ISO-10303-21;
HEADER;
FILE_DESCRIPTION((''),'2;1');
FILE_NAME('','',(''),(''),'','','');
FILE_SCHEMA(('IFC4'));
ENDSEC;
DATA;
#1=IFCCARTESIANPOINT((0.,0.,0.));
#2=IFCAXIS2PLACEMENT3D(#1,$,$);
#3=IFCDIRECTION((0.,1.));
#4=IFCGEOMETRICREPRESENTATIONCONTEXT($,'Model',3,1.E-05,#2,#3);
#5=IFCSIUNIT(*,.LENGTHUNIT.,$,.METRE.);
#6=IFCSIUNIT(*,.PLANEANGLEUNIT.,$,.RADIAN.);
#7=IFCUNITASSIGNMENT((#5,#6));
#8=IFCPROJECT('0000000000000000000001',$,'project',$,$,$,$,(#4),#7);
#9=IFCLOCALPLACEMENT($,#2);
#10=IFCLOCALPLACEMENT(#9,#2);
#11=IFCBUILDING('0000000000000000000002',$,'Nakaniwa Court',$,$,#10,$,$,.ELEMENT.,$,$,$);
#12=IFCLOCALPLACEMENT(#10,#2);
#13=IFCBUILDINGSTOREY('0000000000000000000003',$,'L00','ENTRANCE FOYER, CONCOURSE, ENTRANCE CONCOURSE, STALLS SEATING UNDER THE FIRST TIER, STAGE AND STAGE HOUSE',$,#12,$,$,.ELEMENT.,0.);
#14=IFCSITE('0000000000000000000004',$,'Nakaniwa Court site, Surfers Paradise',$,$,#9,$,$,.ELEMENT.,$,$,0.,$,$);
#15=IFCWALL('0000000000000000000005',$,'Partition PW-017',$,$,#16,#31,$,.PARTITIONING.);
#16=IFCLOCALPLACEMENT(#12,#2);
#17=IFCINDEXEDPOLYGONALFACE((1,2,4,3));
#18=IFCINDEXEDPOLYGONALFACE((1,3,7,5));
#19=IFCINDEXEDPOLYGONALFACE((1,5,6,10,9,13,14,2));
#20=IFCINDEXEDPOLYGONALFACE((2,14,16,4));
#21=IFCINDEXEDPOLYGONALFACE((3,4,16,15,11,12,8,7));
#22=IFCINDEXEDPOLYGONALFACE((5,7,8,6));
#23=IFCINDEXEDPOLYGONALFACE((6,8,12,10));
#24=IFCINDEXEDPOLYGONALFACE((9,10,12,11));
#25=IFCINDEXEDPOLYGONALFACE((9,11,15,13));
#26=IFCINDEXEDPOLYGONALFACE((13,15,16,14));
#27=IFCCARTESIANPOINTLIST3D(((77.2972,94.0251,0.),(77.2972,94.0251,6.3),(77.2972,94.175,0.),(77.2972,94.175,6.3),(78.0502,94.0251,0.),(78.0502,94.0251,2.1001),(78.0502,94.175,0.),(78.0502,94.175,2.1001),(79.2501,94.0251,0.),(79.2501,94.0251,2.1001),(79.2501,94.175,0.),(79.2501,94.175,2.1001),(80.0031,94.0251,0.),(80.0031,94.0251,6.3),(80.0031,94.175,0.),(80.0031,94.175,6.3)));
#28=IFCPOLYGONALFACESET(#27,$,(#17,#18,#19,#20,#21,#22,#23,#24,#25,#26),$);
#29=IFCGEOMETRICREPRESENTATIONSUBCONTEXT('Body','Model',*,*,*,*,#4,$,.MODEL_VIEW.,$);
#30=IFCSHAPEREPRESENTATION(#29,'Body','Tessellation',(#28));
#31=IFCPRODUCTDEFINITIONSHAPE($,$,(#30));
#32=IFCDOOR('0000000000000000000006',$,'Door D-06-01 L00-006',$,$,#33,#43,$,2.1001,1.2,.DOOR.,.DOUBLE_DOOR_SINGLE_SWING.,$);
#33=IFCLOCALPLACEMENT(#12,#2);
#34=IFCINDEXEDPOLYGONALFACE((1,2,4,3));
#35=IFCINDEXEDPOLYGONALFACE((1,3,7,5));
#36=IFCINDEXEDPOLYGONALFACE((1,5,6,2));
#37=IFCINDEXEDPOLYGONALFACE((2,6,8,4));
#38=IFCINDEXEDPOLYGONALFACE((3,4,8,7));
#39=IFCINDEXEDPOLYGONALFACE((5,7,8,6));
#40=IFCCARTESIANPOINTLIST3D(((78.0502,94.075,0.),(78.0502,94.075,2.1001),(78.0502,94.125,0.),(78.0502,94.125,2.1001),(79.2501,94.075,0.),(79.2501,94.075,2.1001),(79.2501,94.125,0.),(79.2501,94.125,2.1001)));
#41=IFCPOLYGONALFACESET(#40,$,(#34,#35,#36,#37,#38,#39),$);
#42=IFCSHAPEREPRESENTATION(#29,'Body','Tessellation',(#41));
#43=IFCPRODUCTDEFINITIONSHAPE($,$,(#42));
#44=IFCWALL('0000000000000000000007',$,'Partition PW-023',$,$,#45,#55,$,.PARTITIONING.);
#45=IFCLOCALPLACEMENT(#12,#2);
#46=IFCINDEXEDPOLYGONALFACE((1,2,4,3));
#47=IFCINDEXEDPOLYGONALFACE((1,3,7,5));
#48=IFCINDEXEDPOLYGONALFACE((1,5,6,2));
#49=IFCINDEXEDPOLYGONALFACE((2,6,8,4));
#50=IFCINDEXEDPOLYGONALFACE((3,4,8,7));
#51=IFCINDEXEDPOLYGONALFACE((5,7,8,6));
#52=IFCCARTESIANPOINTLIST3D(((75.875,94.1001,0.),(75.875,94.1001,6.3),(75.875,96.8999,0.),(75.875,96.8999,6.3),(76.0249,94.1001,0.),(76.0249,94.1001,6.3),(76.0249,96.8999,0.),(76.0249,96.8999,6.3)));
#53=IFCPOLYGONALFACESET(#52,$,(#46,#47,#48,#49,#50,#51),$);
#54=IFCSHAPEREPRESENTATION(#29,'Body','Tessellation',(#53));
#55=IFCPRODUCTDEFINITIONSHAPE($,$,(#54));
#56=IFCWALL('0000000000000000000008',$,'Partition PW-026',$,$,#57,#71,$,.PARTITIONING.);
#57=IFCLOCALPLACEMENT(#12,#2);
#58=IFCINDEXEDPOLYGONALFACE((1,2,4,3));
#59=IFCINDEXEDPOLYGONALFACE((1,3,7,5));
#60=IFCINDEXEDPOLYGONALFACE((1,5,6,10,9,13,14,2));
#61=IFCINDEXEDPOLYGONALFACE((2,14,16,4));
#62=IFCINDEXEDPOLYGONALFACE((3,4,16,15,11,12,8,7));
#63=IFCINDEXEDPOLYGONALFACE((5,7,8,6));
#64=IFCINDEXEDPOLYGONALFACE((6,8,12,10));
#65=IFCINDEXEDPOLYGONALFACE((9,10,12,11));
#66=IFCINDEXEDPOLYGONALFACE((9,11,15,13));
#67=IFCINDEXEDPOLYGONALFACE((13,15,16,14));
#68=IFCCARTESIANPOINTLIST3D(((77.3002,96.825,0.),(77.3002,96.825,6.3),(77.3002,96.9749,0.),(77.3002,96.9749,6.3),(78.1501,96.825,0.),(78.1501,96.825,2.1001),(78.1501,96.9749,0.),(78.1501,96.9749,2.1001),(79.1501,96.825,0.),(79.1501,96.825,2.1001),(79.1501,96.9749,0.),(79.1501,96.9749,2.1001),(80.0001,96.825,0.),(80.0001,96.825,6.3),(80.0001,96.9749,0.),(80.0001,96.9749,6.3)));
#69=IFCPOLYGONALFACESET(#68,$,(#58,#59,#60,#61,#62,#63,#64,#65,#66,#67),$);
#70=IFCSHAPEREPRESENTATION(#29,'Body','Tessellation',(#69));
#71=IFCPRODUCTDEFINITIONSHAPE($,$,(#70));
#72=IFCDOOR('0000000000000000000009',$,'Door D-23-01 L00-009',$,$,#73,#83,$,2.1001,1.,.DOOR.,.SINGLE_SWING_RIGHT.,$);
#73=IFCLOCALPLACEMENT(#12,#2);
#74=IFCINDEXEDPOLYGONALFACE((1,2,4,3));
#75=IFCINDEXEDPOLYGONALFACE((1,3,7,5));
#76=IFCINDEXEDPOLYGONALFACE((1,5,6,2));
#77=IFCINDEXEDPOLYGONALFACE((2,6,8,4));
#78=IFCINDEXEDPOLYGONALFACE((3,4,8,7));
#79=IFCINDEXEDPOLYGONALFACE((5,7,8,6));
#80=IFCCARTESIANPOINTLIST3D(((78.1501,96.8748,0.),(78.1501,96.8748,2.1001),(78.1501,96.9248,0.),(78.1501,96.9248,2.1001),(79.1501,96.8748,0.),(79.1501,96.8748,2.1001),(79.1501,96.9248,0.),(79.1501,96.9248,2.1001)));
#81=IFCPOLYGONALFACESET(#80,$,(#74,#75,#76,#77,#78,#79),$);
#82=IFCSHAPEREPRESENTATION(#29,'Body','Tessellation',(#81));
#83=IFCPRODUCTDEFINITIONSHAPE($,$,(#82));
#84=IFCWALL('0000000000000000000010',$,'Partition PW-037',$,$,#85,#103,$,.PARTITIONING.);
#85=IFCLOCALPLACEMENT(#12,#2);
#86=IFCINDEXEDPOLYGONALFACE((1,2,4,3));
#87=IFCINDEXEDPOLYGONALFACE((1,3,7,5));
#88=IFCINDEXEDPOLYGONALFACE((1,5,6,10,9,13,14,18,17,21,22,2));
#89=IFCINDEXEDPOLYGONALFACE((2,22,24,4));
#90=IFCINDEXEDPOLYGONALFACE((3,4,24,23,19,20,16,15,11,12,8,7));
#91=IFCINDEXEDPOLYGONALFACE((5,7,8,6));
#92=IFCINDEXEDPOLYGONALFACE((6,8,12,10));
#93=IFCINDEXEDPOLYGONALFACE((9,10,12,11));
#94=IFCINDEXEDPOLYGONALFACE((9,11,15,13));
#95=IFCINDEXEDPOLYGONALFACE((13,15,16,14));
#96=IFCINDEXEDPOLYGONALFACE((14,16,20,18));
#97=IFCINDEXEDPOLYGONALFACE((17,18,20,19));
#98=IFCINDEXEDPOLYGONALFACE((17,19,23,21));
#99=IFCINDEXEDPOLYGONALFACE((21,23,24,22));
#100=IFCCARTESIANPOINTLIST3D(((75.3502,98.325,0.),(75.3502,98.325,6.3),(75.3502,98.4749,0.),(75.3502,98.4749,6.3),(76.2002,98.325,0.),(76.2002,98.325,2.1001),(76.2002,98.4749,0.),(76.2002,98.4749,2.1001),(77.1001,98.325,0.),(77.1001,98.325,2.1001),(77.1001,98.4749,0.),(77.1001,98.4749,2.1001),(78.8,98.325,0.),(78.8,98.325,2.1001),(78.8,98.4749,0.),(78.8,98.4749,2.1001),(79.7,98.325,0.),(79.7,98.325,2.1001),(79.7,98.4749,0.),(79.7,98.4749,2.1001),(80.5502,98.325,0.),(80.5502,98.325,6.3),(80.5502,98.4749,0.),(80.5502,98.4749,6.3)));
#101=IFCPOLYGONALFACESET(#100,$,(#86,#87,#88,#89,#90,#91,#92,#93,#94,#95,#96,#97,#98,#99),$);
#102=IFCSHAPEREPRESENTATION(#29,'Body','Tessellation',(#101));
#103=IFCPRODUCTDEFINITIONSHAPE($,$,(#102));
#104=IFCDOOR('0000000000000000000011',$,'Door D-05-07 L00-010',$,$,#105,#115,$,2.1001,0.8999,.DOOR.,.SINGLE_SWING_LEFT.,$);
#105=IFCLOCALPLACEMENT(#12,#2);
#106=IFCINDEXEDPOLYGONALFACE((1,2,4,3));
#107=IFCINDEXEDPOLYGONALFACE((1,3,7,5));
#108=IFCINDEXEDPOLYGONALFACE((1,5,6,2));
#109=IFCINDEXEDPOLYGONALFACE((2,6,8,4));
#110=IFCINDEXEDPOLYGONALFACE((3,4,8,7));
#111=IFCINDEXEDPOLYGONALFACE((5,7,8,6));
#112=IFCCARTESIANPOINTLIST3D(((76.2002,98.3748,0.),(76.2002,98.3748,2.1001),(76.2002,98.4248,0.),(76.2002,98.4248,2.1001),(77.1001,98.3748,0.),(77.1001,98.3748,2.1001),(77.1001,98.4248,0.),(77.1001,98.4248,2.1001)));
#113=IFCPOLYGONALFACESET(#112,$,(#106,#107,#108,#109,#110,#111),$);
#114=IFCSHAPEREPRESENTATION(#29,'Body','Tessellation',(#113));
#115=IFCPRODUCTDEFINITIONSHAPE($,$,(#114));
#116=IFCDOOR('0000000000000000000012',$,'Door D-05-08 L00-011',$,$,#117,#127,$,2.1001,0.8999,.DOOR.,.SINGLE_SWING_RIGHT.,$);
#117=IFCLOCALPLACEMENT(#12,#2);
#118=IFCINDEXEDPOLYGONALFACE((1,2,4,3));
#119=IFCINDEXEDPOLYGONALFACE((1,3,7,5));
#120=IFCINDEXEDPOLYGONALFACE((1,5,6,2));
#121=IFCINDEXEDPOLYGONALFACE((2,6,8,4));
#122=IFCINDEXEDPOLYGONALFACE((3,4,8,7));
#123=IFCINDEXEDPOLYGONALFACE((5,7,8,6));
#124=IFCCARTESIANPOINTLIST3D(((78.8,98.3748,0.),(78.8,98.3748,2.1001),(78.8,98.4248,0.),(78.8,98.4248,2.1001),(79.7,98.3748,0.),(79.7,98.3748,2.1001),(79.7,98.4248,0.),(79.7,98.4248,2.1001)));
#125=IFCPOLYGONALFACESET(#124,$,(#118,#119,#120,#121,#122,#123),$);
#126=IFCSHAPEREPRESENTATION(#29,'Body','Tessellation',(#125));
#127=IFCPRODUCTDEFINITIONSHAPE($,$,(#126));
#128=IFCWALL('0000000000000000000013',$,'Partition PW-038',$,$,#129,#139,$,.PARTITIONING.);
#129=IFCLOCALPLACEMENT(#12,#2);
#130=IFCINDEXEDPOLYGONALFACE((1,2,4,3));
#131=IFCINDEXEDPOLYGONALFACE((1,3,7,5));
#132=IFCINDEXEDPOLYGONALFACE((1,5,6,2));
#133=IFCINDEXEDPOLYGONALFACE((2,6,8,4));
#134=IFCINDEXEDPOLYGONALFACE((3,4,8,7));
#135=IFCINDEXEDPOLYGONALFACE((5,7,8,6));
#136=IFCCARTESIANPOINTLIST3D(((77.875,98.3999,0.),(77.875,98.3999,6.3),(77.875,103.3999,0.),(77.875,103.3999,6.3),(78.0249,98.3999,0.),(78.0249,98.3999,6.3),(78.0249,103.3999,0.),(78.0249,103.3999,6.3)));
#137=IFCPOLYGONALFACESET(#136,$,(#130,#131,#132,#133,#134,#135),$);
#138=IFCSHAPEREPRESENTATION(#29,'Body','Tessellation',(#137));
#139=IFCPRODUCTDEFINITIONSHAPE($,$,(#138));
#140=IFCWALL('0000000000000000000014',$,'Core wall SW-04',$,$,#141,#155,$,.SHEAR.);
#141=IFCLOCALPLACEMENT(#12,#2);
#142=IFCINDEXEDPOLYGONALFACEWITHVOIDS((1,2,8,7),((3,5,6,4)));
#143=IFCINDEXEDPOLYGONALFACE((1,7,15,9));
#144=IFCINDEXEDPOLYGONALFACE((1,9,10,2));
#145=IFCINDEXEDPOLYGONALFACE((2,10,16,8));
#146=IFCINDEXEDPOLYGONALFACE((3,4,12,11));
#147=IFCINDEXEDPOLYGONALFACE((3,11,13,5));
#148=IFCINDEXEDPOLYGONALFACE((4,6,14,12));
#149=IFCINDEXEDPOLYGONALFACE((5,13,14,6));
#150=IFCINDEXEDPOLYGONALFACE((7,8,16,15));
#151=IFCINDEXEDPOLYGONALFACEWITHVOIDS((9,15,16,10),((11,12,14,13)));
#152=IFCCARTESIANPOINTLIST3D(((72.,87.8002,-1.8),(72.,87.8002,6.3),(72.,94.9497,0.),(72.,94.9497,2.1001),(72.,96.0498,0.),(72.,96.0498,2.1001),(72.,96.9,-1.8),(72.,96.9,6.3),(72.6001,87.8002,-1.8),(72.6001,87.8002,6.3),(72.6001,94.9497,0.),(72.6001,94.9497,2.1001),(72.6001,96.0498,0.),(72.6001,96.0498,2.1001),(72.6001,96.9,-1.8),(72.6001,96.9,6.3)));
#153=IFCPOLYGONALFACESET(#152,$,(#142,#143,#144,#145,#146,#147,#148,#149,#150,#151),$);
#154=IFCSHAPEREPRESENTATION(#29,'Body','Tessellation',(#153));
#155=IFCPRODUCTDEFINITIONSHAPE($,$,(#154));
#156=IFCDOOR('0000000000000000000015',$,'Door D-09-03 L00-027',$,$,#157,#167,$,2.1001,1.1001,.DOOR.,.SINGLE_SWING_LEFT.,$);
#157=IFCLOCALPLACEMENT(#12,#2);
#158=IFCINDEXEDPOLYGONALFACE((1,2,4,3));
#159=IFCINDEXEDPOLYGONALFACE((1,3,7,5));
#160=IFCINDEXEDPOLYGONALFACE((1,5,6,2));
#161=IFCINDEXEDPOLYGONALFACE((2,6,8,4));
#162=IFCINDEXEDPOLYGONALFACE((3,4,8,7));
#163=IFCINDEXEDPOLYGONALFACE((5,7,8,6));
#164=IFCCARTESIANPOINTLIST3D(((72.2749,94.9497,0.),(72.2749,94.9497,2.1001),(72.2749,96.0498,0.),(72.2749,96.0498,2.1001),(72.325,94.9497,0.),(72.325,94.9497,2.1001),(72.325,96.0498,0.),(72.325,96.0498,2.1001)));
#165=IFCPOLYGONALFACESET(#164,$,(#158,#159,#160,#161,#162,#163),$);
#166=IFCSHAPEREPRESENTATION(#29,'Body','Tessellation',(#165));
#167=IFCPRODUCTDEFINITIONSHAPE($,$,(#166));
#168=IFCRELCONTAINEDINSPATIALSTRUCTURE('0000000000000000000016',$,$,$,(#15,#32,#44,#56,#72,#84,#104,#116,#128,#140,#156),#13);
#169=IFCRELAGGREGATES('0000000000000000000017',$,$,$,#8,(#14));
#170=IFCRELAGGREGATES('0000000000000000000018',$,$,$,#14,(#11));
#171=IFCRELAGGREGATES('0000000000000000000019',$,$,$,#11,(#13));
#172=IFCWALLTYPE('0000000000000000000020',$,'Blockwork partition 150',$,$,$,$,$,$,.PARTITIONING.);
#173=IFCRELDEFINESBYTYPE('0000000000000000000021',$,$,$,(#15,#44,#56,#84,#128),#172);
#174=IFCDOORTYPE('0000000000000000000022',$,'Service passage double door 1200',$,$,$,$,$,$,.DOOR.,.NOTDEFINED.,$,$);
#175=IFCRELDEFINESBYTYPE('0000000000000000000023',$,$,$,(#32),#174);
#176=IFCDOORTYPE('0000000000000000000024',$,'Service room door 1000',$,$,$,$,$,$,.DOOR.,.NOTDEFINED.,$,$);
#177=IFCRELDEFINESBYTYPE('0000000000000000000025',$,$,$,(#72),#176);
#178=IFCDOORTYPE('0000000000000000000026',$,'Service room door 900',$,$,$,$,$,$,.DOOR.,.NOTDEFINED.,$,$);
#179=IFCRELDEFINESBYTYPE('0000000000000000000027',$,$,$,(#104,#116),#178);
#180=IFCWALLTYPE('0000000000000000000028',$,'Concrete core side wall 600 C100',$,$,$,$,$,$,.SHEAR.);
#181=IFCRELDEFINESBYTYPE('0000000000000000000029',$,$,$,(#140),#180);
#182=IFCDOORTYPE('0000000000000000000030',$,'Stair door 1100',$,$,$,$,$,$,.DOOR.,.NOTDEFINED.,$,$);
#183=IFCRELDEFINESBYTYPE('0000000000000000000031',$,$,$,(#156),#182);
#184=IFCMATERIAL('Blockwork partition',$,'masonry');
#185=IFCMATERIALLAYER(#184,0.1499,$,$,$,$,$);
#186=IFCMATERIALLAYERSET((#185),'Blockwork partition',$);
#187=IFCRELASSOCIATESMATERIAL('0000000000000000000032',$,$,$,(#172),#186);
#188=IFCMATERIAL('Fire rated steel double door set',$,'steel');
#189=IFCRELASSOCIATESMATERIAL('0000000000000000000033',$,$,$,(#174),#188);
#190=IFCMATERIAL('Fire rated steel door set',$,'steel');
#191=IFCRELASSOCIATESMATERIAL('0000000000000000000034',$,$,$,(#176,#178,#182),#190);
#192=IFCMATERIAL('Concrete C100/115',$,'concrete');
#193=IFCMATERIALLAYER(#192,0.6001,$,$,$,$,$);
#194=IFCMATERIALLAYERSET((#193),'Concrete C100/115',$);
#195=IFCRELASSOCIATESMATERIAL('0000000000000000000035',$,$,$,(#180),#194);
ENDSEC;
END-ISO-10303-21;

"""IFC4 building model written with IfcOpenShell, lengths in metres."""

from ifc_helpers import new_model, si_unit, direction, frame, frame_2d, origin, place, context, subcontext, project, spatial, rectangle, extrude, material, layer, layer_set, type_object, element, fill, save


model = new_model("IFC4")

# Units and contexts
model_context = context("Model", 3, precision=1e-05, world=origin(), true_north=direction((0.0, 1.0)))
body_context = subcontext(model_context, "Body", "Model", "MODEL_VIEW")
ifc_project = project(units=[si_unit("LENGTHUNIT", "METRE"), si_unit("PLANEANGLEUNIT", "RADIAN")], contexts=[model_context])

# Site, building, storey
site_placement = place(None, origin())
site = spatial("IfcSite", under=ifc_project, at=site_placement, Name="Nakaniwa Court site, Surfers Paradise", CompositionType="ELEMENT", RefElevation=0.0)
building_placement = place(site_placement, origin())
building = spatial("IfcBuilding", under=site, at=building_placement, Name="Nakaniwa Court", CompositionType="ELEMENT")
storey_placement = place(building_placement, origin())
storey = spatial("IfcBuildingStorey", under=building, at=storey_placement, Name="L00", Description="ENTRANCE FOYER, CONCOURSE, ENTRANCE CONCOURSE, STALLS SEATING UNDER THE FIRST TIER, STAGE AND STAGE HOUSE", CompositionType="ELEMENT", Elevation=0.0)

# Wall, opening, door
ifc_material_1 = material(Name="Blockwork partition", Category="masonry")
ifc_layer_1 = layer(ifc_material_1, 0.1499)
ifc_layer_set_1 = layer_set([ifc_layer_1], Name="Blockwork partition")
wall_type_1 = type_object("IfcWallType", Name="Blockwork partition 150", PredefinedType="PARTITIONING", material=ifc_layer_set_1)
wall_1_placement = place(storey_placement, frame((77.2971, 94.1001, 0.0), z_axis=(0.0, 0.0, 1.0), x_axis=(1.0, 0.0, 0.0)))
wall_1 = element("IfcWall", 1, at=wall_1_placement, inside=storey, type_object=wall_type_1, Name="Partition PW-017", PredefinedType="PARTITIONING", context=body_context, shape_type="SweptSolid", body=[
    extrude(rectangle(XDim=2.7058, YDim=0.1499, at=frame_2d((1.353, 0.0))), origin(), (0.0, 0.0, 1.0), 6.3),
])
opening_1_placement = place(wall_1_placement, frame((0.7529, 0.0, 0.0)))
opening_1 = element("IfcOpeningElement", 2, at=opening_1_placement, cuts=wall_1, PredefinedType="OPENING", context=body_context, shape_type="SweptSolid", body=[
    extrude(rectangle(XDim=1.2, YDim=2.1001, at=frame_2d((0.6001, 1.05))), frame((0.0, 0.085, 0.0), z_axis=(0.0, -1.0, 0.0), x_axis=(1.0, 0.0, 0.0)), (0.0, 0.0, 1.0), 0.1699),
])
ifc_material_2 = material(Name="Fire rated steel double door set", Category="steel")
door_type_1 = type_object("IfcDoorType", Name="Service passage double door 1200", OperationType="NOTDEFINED", PredefinedType="DOOR", material=ifc_material_2)
door_1_placement = place(opening_1_placement, origin())
door_1 = element("IfcDoor", 3, at=door_1_placement, inside=storey, type_object=door_type_1, Name="Door D-06-01 L00-006", OperationType="DOUBLE_DOOR_SINGLE_SWING", OverallHeight=2.1001, OverallWidth=1.2, PredefinedType="DOOR", context=body_context, shape_type="SweptSolid", body=[
    extrude(rectangle(XDim=1.2, YDim=2.1001, at=frame_2d((0.6001, 1.05))), frame((0.0, 0.0249, 0.0), z_axis=(0.0, -1.0, 0.0), x_axis=(1.0, 0.0, 0.0)), (0.0, 0.0, 1.0), 0.05),
])
fill(opening_1, door_1)

# Wall
wall_2_placement = place(storey_placement, frame((75.95, 94.1001, 0.0), z_axis=(0.0, 0.0, 1.0), x_axis=(0.0, 1.0, 0.0)))
element("IfcWall", 4, at=wall_2_placement, inside=storey, type_object=wall_type_1, Name="Partition PW-023", PredefinedType="PARTITIONING", context=body_context, shape_type="SweptSolid", body=[
    extrude(rectangle(XDim=2.7998, YDim=0.1499, at=frame_2d((1.3999, 0.0))), origin(), (0.0, 0.0, 1.0), 6.3),
])

# Wall, opening, door
wall_3_placement = place(storey_placement, frame((77.3, 96.8999, 0.0), z_axis=(0.0, 0.0, 1.0), x_axis=(1.0, 0.0, 0.0)))
wall_3 = element("IfcWall", 5, at=wall_3_placement, inside=storey, type_object=wall_type_1, Name="Partition PW-026", PredefinedType="PARTITIONING", context=body_context, shape_type="SweptSolid", body=[
    extrude(rectangle(XDim=2.7, YDim=0.1499, at=frame_2d((1.3501, 0.0))), origin(), (0.0, 0.0, 1.0), 6.3),
])
opening_2_placement = place(wall_3_placement, frame((0.8501, 0.0, 0.0)))
opening_2 = element("IfcOpeningElement", 6, at=opening_2_placement, cuts=wall_3, PredefinedType="OPENING", context=body_context, shape_type="SweptSolid", body=[
    extrude(rectangle(XDim=1.0, YDim=2.1001, at=frame_2d((0.5, 1.05))), frame((0.0, 0.085, 0.0), z_axis=(0.0, -1.0, 0.0), x_axis=(1.0, 0.0, 0.0)), (0.0, 0.0, 1.0), 0.1699),
])
ifc_material_3 = material(Name="Fire rated steel door set", Category="steel")
door_type_2 = type_object("IfcDoorType", Name="Service room door 1000", OperationType="NOTDEFINED", PredefinedType="DOOR", material=ifc_material_3)
door_2_placement = place(opening_2_placement, origin())
door_2 = element("IfcDoor", 7, at=door_2_placement, inside=storey, type_object=door_type_2, Name="Door D-23-01 L00-009", OperationType="SINGLE_SWING_RIGHT", OverallHeight=2.1001, OverallWidth=1.0, PredefinedType="DOOR", context=body_context, shape_type="SweptSolid", body=[
    extrude(rectangle(XDim=1.0, YDim=2.1001, at=frame_2d((0.5, 1.05))), frame((0.0, 0.0249, 0.0), z_axis=(0.0, -1.0, 0.0), x_axis=(1.0, 0.0, 0.0)), (0.0, 0.0, 1.0), 0.05),
])
fill(opening_2, door_2)

# Wall, openings, doors
wall_4_placement = place(storey_placement, frame((75.3501, 98.3999, 0.0), z_axis=(0.0, 0.0, 1.0), x_axis=(1.0, 0.0, 0.0)))
wall_4 = element("IfcWall", 8, at=wall_4_placement, inside=storey, type_object=wall_type_1, Name="Partition PW-037", PredefinedType="PARTITIONING", context=body_context, shape_type="SweptSolid", body=[
    extrude(rectangle(XDim=5.2, YDim=0.1499, at=frame_2d((2.6001, 0.0))), origin(), (0.0, 0.0, 1.0), 6.3),
])
opening_3_placement = place(wall_4_placement, frame((0.8501, 0.0, 0.0)))
opening_3 = element("IfcOpeningElement", 9, at=opening_3_placement, cuts=wall_4, PredefinedType="OPENING", context=body_context, shape_type="SweptSolid", body=[
    extrude(rectangle(XDim=0.8999, YDim=2.1001, at=frame_2d((0.45, 1.05))), frame((0.0, 0.085, 0.0), z_axis=(0.0, -1.0, 0.0), x_axis=(1.0, 0.0, 0.0)), (0.0, 0.0, 1.0), 0.1699),
])
opening_4_placement = place(wall_4_placement, frame((3.45, 0.0, 0.0)))
opening_4 = element("IfcOpeningElement", 10, at=opening_4_placement, cuts=wall_4, PredefinedType="OPENING", context=body_context, shape_type="SweptSolid", body=[
    extrude(rectangle(XDim=0.8999, YDim=2.1001, at=frame_2d((0.45, 1.05))), frame((0.0, 0.085, 0.0), z_axis=(0.0, -1.0, 0.0), x_axis=(1.0, 0.0, 0.0)), (0.0, 0.0, 1.0), 0.1699),
])
door_type_3 = type_object("IfcDoorType", Name="Service room door 900", OperationType="NOTDEFINED", PredefinedType="DOOR", material=ifc_material_3)
door_3_placement = place(opening_3_placement, origin())
door_3 = element("IfcDoor", 11, at=door_3_placement, inside=storey, type_object=door_type_3, Name="Door D-05-07 L00-010", OperationType="SINGLE_SWING_LEFT", OverallHeight=2.1001, OverallWidth=0.8999, PredefinedType="DOOR", context=body_context, shape_type="SweptSolid", body=[
    extrude(rectangle(XDim=0.8999, YDim=2.1001, at=frame_2d((0.45, 1.05))), frame((0.0, 0.0249, 0.0), z_axis=(0.0, -1.0, 0.0), x_axis=(1.0, 0.0, 0.0)), (0.0, 0.0, 1.0), 0.05),
])
fill(opening_3, door_3)
door_4_placement = place(opening_4_placement, origin())
door_4 = element("IfcDoor", 12, at=door_4_placement, inside=storey, type_object=door_type_3, Name="Door D-05-08 L00-011", OperationType="SINGLE_SWING_RIGHT", OverallHeight=2.1001, OverallWidth=0.8999, PredefinedType="DOOR", context=body_context, shape_type="SweptSolid", body=[
    extrude(rectangle(XDim=0.8999, YDim=2.1001, at=frame_2d((0.45, 1.05))), frame((0.0, 0.0249, 0.0), z_axis=(0.0, -1.0, 0.0), x_axis=(1.0, 0.0, 0.0)), (0.0, 0.0, 1.0), 0.05),
])
fill(opening_4, door_4)

# Wall
wall_5_placement = place(storey_placement, frame((77.95, 98.3999, 0.0), z_axis=(0.0, 0.0, 1.0), x_axis=(0.0, 1.0, 0.0)))
element("IfcWall", 13, at=wall_5_placement, inside=storey, type_object=wall_type_1, Name="Partition PW-038", PredefinedType="PARTITIONING", context=body_context, shape_type="SweptSolid", body=[
    extrude(rectangle(XDim=5.0, YDim=0.1499, at=frame_2d((2.5, 0.0))), origin(), (0.0, 0.0, 1.0), 6.3),
])

# Wall, opening, door
ifc_material_4 = material(Name="Concrete C100/115", Category="concrete")
ifc_layer_2 = layer(ifc_material_4, 0.6001)
ifc_layer_set_2 = layer_set([ifc_layer_2], Name="Concrete C100/115")
wall_type_2 = type_object("IfcWallType", Name="Concrete core side wall 600 C100", PredefinedType="SHEAR", material=ifc_layer_set_2)
wall_6_placement = place(storey_placement, frame((72.3, 96.8999, -1.8), z_axis=(0.0, 0.0, 1.0), x_axis=(0.0, -1.0, 0.0)))
wall_6 = element("IfcWall", 14, at=wall_6_placement, inside=storey, type_object=wall_type_2, Name="Core wall SW-04", PredefinedType="SHEAR", context=body_context, shape_type="SweptSolid", body=[
    extrude(rectangle(XDim=9.0999, YDim=0.6001, at=frame_2d((4.5498, 0.0))), origin(), (0.0, 0.0, 1.0), 8.1001),
])
opening_5_placement = place(wall_6_placement, frame((0.8501, 0.0, 1.8)))
opening_5 = element("IfcOpeningElement", 15, at=opening_5_placement, cuts=wall_6, PredefinedType="OPENING", context=body_context, shape_type="SweptSolid", body=[
    extrude(rectangle(XDim=1.1001, YDim=2.1001, at=frame_2d((0.55, 1.05))), frame((0.0, 0.3101, 0.0), z_axis=(0.0, -1.0, 0.0), x_axis=(1.0, 0.0, 0.0)), (0.0, 0.0, 1.0), 0.6201),
])
door_type_4 = type_object("IfcDoorType", Name="Stair door 1100", OperationType="NOTDEFINED", PredefinedType="DOOR", material=ifc_material_3)
door_5_placement = place(opening_5_placement, origin())
door_5 = element("IfcDoor", 16, at=door_5_placement, inside=storey, type_object=door_type_4, Name="Door D-09-03 L00-027", OperationType="SINGLE_SWING_LEFT", OverallHeight=2.1001, OverallWidth=1.1001, PredefinedType="DOOR", context=body_context, shape_type="SweptSolid", body=[
    extrude(rectangle(XDim=1.1001, YDim=2.1001, at=frame_2d((0.55, 1.05))), frame((0.0, 0.0249, 0.0), z_axis=(0.0, -1.0, 0.0), x_axis=(1.0, 0.0, 0.0)), (0.0, 0.0, 1.0), 0.05),
])
fill(opening_5, door_5)

save(model, "model.ifc")
